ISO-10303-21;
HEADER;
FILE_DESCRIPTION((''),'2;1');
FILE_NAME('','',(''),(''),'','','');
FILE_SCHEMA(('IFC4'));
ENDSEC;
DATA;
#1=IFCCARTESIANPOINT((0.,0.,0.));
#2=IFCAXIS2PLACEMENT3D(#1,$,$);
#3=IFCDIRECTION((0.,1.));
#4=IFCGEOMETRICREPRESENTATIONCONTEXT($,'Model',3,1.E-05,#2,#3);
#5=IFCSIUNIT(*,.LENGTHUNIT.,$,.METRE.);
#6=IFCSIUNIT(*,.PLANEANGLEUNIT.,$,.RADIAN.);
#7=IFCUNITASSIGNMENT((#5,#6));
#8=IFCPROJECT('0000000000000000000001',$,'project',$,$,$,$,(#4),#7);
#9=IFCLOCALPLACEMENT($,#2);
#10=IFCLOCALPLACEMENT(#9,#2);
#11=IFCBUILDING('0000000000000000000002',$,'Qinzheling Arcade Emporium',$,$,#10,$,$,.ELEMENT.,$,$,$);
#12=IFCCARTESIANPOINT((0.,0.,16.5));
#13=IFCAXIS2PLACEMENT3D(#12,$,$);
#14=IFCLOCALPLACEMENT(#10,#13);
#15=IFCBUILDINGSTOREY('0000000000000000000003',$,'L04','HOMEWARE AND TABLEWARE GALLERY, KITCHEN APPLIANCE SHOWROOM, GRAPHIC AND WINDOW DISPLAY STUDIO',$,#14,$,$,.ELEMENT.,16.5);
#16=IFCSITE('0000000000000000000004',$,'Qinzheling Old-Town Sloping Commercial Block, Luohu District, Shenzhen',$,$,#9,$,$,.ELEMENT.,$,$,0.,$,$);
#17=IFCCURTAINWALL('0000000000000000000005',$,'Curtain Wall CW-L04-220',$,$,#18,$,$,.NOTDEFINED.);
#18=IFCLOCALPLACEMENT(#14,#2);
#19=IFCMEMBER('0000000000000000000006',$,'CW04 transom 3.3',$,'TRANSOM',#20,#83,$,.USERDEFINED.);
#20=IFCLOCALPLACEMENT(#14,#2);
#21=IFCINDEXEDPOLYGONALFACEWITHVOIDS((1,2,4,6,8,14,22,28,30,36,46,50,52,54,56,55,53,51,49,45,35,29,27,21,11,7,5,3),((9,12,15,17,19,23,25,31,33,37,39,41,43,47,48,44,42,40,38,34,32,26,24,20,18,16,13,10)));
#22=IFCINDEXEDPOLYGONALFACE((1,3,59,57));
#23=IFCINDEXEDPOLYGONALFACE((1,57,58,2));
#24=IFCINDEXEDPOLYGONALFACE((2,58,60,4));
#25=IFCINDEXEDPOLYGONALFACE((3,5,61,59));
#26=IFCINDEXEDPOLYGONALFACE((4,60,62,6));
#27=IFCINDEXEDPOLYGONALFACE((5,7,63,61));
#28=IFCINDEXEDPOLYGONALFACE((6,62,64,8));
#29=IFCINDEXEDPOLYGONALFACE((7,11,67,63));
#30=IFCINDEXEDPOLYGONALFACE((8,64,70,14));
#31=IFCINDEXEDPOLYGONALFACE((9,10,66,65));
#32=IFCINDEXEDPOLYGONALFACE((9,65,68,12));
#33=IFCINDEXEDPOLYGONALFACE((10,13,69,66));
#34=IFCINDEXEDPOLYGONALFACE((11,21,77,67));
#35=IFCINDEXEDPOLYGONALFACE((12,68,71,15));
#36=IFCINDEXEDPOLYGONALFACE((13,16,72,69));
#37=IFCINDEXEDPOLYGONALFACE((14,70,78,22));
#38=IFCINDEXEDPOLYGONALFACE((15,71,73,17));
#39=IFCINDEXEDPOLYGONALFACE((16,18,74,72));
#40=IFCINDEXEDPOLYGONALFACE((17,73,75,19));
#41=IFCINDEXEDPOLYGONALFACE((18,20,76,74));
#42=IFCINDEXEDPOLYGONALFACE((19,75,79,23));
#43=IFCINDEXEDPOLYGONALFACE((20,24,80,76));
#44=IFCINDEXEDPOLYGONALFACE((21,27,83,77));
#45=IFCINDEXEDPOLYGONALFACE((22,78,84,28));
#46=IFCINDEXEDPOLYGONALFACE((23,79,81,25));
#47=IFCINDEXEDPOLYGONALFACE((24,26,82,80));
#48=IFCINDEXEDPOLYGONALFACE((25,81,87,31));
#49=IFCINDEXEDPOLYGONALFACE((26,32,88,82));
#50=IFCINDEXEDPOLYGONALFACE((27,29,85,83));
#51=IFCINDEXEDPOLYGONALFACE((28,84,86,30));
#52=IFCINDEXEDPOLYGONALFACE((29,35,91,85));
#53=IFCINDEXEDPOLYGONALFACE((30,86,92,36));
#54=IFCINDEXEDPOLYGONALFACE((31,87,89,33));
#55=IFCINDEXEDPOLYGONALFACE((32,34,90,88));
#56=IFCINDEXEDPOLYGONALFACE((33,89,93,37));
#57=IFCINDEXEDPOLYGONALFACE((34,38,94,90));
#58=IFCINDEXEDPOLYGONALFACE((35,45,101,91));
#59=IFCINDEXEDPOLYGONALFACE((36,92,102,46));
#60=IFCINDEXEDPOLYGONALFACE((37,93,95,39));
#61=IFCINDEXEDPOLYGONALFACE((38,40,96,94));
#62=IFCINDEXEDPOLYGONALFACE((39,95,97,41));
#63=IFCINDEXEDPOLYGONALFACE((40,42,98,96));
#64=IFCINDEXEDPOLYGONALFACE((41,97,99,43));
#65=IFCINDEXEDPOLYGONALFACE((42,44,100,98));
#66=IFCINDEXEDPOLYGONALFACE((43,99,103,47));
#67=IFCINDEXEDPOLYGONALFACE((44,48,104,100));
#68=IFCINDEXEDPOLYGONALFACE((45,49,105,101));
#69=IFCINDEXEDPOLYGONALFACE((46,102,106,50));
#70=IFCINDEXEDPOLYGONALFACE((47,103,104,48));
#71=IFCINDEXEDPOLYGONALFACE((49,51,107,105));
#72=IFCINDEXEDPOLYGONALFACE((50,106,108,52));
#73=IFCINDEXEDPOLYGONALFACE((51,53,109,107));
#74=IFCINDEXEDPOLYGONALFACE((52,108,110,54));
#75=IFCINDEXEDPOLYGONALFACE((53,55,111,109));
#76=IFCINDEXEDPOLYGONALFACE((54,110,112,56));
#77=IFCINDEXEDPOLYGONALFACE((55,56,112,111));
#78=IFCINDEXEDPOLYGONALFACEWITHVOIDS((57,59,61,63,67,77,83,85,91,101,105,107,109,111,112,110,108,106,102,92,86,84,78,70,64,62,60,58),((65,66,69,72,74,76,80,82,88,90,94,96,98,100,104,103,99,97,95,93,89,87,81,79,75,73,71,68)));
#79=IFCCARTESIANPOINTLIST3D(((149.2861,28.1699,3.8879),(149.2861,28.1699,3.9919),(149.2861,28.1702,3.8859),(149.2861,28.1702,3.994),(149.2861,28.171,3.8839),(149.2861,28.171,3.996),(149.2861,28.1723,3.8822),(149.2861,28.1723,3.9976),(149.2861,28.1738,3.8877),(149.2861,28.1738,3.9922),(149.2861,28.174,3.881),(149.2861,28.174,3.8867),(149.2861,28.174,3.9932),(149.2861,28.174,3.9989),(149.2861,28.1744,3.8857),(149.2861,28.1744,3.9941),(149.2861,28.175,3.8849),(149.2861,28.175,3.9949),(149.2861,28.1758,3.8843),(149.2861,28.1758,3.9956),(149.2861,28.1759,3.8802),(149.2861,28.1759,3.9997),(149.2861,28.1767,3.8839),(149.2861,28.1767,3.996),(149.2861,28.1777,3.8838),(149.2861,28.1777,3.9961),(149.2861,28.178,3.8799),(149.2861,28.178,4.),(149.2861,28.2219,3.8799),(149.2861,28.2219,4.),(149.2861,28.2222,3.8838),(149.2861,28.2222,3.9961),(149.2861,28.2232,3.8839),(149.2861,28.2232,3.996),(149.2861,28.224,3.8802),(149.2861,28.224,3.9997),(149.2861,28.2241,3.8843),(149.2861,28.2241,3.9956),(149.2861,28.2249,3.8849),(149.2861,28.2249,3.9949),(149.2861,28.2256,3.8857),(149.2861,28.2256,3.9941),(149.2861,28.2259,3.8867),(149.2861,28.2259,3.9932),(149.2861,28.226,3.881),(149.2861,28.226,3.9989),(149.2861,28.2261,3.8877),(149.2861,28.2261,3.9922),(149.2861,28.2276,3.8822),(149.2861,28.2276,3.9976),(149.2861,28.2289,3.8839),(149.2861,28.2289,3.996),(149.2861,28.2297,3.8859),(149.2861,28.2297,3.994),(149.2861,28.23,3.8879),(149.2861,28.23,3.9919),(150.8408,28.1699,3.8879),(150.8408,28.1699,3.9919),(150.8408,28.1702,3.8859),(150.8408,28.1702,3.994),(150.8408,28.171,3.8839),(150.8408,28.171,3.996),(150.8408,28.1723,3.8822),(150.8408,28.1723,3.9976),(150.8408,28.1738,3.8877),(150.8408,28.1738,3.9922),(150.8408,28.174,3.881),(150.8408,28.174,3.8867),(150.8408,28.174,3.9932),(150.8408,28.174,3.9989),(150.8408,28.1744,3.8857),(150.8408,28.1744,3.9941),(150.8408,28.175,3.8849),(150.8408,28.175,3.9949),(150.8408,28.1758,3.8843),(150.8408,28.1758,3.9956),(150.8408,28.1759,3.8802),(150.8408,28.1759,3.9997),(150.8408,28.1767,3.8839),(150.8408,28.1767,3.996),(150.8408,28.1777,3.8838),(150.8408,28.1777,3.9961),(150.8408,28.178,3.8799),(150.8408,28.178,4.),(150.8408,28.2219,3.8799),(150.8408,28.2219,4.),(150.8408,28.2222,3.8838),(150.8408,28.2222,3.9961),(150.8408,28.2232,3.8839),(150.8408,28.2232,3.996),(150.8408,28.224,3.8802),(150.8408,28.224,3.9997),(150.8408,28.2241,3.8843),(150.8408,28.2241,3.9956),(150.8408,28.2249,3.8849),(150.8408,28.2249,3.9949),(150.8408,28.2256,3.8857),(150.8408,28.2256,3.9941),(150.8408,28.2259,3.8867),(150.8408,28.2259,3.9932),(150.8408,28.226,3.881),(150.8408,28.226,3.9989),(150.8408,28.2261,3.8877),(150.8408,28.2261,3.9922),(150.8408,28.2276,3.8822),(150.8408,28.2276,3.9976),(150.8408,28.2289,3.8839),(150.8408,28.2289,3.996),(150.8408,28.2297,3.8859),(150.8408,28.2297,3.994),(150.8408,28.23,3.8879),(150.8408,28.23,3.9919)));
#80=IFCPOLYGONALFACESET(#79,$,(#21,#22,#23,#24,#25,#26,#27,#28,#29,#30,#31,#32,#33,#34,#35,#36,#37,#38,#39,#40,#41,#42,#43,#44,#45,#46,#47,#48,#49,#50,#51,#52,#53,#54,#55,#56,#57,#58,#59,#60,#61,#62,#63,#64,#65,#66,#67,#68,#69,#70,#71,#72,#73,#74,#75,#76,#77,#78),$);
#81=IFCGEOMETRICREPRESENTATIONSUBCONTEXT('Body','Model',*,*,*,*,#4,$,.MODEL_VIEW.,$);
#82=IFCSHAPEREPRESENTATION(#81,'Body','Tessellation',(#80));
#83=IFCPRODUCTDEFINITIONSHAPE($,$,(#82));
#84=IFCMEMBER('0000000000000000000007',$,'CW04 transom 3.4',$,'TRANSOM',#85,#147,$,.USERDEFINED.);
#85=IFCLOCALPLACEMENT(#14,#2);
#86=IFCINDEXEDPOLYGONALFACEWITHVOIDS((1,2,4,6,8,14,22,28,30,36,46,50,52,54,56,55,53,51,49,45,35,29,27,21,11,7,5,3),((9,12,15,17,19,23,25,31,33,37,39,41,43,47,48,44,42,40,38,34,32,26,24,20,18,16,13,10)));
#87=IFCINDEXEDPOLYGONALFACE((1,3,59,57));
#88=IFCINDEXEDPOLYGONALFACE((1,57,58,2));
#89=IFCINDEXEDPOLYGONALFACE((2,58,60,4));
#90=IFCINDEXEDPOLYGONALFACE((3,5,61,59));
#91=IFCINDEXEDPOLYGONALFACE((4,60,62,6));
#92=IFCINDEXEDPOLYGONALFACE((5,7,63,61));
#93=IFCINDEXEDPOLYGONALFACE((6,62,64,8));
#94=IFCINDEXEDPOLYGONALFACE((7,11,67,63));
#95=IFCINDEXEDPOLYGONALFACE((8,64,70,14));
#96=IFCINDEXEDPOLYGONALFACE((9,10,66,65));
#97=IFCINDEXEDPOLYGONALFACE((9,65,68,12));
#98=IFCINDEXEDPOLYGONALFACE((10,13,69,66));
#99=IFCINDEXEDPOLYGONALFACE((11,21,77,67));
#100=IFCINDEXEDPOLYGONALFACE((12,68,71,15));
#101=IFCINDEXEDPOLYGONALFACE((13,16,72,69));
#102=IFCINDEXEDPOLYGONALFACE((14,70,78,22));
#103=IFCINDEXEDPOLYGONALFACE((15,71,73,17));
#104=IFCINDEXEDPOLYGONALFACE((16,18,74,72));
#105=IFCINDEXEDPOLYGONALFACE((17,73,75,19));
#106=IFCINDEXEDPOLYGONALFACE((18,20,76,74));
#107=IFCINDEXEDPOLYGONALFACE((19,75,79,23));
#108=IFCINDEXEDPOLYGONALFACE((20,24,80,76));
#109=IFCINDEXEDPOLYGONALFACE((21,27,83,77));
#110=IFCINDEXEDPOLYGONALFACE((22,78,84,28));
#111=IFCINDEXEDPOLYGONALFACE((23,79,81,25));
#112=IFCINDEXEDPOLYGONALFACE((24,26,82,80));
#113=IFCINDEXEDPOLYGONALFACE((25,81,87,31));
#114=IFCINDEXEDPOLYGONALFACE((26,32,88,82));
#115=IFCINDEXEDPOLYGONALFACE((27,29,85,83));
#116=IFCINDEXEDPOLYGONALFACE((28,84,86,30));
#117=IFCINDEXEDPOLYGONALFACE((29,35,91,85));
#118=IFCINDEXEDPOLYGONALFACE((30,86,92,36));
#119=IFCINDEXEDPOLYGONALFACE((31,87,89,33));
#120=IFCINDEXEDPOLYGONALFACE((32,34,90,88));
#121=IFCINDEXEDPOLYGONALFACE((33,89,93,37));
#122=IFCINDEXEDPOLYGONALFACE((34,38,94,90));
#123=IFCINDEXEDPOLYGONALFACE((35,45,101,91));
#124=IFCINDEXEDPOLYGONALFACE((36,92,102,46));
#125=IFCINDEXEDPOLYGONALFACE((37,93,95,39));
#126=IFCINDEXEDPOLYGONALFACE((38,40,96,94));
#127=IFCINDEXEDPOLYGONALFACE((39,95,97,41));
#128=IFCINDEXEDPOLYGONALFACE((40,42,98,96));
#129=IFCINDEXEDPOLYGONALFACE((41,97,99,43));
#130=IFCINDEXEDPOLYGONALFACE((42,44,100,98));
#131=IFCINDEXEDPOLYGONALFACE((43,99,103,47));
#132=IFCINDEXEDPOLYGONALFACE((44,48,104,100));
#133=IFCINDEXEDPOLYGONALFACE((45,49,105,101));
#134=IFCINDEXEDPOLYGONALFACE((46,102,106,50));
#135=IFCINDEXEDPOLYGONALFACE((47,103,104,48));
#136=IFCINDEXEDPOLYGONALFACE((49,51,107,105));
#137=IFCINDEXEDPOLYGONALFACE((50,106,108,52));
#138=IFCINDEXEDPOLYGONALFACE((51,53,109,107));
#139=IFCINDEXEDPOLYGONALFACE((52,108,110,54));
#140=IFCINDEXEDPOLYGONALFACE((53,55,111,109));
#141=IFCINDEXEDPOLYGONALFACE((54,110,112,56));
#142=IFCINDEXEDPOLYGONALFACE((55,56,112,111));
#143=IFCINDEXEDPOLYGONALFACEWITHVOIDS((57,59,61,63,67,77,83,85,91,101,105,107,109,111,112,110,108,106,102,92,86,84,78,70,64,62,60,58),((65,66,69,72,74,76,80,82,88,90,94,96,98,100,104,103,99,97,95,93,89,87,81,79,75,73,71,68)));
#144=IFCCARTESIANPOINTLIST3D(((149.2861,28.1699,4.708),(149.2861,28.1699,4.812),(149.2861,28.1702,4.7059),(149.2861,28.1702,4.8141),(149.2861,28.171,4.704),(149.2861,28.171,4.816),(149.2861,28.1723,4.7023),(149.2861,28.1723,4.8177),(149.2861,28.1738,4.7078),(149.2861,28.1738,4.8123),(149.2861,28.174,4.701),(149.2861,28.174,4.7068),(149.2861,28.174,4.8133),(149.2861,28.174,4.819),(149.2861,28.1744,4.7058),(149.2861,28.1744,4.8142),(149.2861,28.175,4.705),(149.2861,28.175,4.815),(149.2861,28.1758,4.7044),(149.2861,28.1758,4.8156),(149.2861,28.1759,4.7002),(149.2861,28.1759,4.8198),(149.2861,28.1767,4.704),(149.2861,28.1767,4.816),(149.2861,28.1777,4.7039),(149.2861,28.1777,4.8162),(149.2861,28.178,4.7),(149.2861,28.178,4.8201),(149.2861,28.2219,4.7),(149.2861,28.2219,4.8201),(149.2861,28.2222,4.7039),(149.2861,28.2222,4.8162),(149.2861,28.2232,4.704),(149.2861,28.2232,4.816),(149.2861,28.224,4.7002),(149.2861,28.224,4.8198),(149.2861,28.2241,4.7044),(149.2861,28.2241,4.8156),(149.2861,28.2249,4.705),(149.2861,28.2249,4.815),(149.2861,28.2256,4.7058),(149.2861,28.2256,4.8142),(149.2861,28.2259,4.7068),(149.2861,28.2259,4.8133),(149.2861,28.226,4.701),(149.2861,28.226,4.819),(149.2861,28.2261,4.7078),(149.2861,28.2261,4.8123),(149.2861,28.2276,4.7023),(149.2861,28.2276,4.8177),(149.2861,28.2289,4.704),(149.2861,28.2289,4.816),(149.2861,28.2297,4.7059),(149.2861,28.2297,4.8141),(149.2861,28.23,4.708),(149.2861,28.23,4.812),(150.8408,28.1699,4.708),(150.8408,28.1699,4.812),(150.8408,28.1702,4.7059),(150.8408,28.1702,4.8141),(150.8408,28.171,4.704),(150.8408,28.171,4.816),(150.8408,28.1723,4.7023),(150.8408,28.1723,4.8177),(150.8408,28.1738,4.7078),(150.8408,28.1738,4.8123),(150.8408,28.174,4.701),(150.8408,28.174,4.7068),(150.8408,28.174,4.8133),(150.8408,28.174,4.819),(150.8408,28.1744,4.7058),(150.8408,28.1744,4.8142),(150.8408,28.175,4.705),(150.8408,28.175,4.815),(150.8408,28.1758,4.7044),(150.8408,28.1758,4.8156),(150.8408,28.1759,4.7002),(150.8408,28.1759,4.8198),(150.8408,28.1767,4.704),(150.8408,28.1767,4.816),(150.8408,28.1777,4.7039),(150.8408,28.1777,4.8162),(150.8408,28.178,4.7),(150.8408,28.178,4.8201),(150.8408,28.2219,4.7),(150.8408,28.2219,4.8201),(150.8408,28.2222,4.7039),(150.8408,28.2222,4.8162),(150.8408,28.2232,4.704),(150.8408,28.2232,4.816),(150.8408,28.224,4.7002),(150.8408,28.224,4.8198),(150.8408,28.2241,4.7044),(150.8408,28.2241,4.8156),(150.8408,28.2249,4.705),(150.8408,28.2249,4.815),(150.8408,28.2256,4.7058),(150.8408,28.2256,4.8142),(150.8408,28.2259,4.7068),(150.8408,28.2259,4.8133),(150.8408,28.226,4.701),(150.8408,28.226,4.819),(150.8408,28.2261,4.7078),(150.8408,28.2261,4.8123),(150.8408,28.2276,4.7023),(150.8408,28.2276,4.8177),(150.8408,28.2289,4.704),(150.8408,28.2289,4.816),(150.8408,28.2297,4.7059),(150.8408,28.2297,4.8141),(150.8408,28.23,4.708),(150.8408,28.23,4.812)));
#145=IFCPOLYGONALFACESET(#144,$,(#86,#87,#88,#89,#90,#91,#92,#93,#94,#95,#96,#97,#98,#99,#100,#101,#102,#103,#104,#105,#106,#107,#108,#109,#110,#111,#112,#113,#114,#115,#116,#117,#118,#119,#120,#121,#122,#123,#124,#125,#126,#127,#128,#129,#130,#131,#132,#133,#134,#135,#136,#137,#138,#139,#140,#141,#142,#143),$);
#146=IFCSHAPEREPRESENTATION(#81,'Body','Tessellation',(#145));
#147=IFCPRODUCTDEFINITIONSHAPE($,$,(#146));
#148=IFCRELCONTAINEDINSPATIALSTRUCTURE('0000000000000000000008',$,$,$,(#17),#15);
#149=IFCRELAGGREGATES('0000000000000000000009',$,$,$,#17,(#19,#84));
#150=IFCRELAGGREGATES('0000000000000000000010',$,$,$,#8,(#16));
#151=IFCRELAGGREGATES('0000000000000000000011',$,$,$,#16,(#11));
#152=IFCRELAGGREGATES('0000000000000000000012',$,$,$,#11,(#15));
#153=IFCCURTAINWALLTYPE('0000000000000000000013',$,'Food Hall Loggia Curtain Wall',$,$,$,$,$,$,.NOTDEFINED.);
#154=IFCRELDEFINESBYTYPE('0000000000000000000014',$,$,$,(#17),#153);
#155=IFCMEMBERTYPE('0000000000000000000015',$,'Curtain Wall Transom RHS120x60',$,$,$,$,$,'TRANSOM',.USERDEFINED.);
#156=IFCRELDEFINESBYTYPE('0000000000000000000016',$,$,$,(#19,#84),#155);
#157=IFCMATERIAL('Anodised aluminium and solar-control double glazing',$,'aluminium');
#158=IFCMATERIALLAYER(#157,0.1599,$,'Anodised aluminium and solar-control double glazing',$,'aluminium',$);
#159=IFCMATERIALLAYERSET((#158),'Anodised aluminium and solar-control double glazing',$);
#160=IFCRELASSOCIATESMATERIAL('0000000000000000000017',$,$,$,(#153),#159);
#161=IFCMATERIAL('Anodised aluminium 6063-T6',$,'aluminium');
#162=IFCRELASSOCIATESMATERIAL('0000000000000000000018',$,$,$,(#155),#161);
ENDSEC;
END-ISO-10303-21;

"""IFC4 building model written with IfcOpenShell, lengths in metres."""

from ifc_helpers import new_model, si_unit, direction, frame, origin, origin_2d, place, context, subcontext, project, spatial, hollow_rectangle, extrude, material, layer, layer_set, material_profile, profile_set, type_object, element, aggregate, save


model = new_model("IFC4")

# Units and contexts
model_context = context("Model", 3, precision=1e-05, world=origin(), true_north=direction((0.0, 1.0)))
body_context = subcontext(model_context, "Body", "Model", "MODEL_VIEW")
ifc_project = project(units=[si_unit("LENGTHUNIT", "METRE"), si_unit("PLANEANGLEUNIT", "RADIAN")], contexts=[model_context])

# Site, building, storey
site_placement = place(None, origin())
site = spatial("IfcSite", under=ifc_project, at=site_placement, Name="Qinzheling Old-Town Sloping Commercial Block, Luohu District, Shenzhen", CompositionType="ELEMENT", RefElevation=0.0)
building_placement = place(site_placement, origin())
building = spatial("IfcBuilding", under=site, at=building_placement, Name="Qinzheling Arcade Emporium", CompositionType="ELEMENT")
storey_placement = place(building_placement, frame((0.0, 0.0, 16.5)))
storey = spatial("IfcBuildingStorey", under=building, at=storey_placement, Name="L04", Description="HOMEWARE AND TABLEWARE GALLERY, KITCHEN APPLIANCE SHOWROOM, GRAPHIC AND WINDOW DISPLAY STUDIO", CompositionType="ELEMENT", Elevation=16.5)

# Curtain wall, members
ifc_material_1 = material(Name="Anodised aluminium and solar-control double glazing", Category="aluminium")
ifc_layer_1 = layer(ifc_material_1, 0.1599, Name="Anodised aluminium and solar-control double glazing", Category="aluminium")
ifc_layer_set_1 = layer_set([ifc_layer_1], Name="Anodised aluminium and solar-control double glazing")
curtain_wall_type = type_object("IfcCurtainWallType", Name="Food Hall Loggia Curtain Wall", PredefinedType="NOTDEFINED", material=ifc_layer_set_1)
curtain_wall_placement = place(storey_placement, origin())
curtain_wall = element("IfcCurtainWall", 1, at=curtain_wall_placement, inside=storey, type_object=curtain_wall_type, Name="Curtain Wall CW-L04-220", PredefinedType="NOTDEFINED")
ifc_material_2 = material(Name="Anodised aluminium 6063-T6", Category="aluminium")
ifc_material_profile_1 = material_profile(ifc_material_2, hollow_rectangle(XDim=0.0601, YDim=0.1201, WallThickness=0.0039, InnerFilletRadius=0.0039, OuterFilletRadius=0.0081, at=origin_2d()), Name="RHS 120x60x4", Category="aluminium")
ifc_profile_set_1 = profile_set([ifc_material_profile_1], Name="Anodised aluminium 6063-T6")
member_type_1 = type_object("IfcMemberType", Name="Curtain Wall Transom RHS120x60", ElementType="TRANSOM", PredefinedType="USERDEFINED", material=ifc_profile_set_1)
member_1_placement = place(storey_placement, frame((149.2861, 28.2, 3.9399), z_axis=(1.0, 0.0, 0.0), x_axis=(0.0, 1.0, 0.0)))
member_1 = element("IfcMember", 2, at=member_1_placement, type_object=member_type_1, Name="CW04 transom 3.3", ObjectType="TRANSOM", PredefinedType="USERDEFINED", context=body_context, shape_type="SweptSolid", body=[
    extrude(hollow_rectangle(XDim=0.0601, YDim=0.1201, WallThickness=0.0039, InnerFilletRadius=0.0039, OuterFilletRadius=0.0081, at=origin_2d()), origin(), (0.0, 0.0, 1.0), 1.5547),
])
member_2_placement = place(storey_placement, frame((149.2861, 28.2, 4.76), z_axis=(1.0, 0.0, 0.0), x_axis=(0.0, 1.0, 0.0)))
member_2 = element("IfcMember", 3, at=member_2_placement, type_object=member_type_1, Name="CW04 transom 3.4", ObjectType="TRANSOM", PredefinedType="USERDEFINED", context=body_context, shape_type="SweptSolid", body=[
    extrude(hollow_rectangle(XDim=0.0601, YDim=0.1201, WallThickness=0.0039, InnerFilletRadius=0.0039, OuterFilletRadius=0.0081, at=origin_2d()), origin(), (0.0, 0.0, 1.0), 1.5547),
])

aggregate(curtain_wall, [member_1, member_2])

save(model, "model.ifc")
